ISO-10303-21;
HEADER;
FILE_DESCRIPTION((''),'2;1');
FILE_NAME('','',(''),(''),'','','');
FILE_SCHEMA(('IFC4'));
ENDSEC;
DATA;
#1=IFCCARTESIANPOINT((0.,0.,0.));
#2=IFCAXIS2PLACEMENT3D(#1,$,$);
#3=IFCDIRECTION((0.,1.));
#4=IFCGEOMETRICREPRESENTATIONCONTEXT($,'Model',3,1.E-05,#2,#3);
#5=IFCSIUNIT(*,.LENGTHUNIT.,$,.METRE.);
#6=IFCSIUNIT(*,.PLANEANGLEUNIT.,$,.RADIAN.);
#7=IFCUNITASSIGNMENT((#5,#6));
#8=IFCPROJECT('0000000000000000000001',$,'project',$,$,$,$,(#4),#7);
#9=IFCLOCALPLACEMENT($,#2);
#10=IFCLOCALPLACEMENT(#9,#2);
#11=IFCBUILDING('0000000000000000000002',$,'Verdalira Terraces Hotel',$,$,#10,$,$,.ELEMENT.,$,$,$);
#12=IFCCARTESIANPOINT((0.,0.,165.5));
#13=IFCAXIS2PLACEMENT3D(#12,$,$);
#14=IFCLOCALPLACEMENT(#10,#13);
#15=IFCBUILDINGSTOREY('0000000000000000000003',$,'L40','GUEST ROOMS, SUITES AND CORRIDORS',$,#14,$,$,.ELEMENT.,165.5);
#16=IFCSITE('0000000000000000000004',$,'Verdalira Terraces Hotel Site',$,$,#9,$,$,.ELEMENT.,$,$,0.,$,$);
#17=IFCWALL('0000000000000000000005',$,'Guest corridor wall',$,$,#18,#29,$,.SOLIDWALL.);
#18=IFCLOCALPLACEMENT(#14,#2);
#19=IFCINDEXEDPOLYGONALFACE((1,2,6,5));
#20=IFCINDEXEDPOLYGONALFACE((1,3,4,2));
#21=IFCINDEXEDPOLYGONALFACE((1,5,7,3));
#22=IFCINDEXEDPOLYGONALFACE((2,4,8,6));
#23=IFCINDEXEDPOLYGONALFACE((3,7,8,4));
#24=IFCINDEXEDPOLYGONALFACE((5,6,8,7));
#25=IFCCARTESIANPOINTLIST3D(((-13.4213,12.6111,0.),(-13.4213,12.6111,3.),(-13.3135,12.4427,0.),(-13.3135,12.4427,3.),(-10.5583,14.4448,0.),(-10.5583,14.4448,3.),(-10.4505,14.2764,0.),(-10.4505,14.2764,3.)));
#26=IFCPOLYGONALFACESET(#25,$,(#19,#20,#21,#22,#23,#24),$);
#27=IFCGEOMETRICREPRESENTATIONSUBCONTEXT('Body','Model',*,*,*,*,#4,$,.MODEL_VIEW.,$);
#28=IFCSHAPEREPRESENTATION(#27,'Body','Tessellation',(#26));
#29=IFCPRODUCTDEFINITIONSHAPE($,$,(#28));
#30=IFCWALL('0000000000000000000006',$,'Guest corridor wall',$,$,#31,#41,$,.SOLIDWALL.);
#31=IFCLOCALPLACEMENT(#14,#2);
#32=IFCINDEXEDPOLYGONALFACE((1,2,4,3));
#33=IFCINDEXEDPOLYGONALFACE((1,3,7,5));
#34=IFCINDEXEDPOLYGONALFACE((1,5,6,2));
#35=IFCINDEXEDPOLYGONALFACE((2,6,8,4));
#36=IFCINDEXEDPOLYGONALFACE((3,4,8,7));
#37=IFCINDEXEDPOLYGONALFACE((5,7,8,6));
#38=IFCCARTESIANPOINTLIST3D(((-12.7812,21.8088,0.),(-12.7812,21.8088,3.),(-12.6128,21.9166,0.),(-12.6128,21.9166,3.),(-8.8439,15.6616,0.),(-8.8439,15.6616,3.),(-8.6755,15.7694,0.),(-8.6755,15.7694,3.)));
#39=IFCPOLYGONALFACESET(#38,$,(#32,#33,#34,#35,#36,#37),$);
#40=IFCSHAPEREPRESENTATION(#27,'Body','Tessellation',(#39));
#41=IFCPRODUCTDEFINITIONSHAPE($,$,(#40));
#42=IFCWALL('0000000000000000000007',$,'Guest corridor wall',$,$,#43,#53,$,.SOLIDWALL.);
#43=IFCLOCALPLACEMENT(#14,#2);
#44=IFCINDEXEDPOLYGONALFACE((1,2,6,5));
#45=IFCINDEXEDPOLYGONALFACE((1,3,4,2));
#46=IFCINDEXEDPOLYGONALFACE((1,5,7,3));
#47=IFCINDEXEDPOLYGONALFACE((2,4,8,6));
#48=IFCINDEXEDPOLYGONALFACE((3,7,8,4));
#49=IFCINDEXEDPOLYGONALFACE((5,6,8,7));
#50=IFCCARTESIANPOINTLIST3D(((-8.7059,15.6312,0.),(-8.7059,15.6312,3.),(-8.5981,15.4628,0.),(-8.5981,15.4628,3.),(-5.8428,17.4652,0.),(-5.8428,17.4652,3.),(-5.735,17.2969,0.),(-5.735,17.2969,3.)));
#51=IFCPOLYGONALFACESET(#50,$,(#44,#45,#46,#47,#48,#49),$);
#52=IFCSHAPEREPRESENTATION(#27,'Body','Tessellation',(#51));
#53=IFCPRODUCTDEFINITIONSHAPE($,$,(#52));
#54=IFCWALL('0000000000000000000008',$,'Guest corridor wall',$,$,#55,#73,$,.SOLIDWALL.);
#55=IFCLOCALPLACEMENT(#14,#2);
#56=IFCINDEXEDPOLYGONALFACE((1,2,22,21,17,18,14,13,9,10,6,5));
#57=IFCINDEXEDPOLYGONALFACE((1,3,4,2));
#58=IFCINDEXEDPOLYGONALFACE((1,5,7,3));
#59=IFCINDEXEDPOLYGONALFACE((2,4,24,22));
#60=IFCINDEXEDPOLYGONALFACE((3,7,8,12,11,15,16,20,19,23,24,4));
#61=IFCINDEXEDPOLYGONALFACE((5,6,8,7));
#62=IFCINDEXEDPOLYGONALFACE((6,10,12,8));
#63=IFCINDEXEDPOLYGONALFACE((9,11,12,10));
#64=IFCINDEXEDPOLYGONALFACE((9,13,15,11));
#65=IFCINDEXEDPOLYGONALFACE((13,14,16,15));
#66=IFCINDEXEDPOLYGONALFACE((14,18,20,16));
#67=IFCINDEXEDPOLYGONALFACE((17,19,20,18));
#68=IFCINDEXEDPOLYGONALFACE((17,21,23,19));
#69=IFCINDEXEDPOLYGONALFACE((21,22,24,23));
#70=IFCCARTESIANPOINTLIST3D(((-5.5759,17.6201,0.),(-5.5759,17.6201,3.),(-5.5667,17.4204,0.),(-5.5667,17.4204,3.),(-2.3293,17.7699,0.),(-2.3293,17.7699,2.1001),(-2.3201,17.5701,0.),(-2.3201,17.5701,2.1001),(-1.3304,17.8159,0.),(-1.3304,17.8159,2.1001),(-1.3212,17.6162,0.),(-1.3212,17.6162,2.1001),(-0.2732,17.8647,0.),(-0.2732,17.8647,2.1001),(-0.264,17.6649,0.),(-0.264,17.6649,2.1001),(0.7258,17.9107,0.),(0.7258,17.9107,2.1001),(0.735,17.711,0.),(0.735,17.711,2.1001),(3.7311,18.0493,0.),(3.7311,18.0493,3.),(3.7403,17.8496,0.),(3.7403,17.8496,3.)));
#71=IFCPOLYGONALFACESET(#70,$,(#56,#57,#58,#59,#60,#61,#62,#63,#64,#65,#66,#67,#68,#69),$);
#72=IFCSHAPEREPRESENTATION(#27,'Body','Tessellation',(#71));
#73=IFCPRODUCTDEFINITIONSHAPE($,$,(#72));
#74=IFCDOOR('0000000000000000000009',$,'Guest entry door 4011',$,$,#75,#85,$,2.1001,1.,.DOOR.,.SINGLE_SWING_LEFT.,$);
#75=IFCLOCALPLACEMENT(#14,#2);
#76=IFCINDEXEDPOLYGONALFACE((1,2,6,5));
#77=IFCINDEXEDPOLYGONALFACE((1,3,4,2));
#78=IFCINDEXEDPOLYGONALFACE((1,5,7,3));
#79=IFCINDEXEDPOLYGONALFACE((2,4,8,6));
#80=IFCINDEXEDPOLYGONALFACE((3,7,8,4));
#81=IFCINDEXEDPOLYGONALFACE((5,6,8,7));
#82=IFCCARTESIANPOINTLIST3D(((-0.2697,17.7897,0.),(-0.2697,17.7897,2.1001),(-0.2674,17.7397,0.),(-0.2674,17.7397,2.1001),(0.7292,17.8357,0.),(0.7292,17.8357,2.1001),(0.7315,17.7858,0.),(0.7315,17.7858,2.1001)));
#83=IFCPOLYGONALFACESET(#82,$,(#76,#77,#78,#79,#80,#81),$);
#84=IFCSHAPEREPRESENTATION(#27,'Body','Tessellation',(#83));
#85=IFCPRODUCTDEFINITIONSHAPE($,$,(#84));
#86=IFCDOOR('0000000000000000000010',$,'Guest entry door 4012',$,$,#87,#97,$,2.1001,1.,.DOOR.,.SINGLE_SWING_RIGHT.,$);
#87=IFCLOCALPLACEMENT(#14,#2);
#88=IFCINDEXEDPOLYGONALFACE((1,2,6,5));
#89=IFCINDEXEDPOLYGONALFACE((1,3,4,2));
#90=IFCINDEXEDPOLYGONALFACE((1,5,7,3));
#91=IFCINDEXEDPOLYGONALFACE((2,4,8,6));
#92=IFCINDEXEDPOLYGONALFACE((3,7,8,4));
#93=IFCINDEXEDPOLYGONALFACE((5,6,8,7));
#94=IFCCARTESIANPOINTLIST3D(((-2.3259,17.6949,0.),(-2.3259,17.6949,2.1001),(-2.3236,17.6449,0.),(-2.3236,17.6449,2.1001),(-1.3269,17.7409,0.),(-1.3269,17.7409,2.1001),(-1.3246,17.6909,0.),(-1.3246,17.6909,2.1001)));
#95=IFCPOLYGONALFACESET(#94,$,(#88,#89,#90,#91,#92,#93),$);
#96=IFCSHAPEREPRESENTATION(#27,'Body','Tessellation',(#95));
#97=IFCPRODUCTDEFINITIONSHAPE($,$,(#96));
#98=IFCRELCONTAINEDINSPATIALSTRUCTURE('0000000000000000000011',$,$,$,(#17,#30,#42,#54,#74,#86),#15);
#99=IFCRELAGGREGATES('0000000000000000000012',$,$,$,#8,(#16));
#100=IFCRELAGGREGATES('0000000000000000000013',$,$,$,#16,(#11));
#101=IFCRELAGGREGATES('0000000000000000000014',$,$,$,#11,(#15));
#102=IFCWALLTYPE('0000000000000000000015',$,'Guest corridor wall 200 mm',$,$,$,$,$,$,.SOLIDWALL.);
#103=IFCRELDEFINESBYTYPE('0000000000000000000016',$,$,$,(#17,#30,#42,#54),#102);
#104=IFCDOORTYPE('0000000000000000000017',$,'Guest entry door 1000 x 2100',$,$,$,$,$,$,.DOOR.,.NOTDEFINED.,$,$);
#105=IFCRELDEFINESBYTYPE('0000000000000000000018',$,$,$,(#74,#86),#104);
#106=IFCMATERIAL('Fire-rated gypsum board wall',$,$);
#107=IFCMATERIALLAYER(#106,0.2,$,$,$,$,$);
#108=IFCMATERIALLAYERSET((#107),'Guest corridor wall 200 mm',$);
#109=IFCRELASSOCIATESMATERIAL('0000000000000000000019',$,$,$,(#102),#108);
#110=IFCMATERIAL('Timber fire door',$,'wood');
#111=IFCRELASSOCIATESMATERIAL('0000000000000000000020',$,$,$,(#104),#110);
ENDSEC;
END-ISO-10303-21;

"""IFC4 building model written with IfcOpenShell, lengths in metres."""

from ifc_helpers import new_model, si_unit, direction, frame, frame_2d, origin, place, context, subcontext, project, spatial, rectangle, extrude, material, layer, layer_set, type_object, element, fill, save


model = new_model("IFC4")

# Units and contexts
model_context = context("Model", 3, precision=1e-05, world=origin(), true_north=direction((0.0, 1.0)))
body_context = subcontext(model_context, "Body", "Model", "MODEL_VIEW")
ifc_project = project(units=[si_unit("LENGTHUNIT", "METRE"), si_unit("PLANEANGLEUNIT", "RADIAN")], contexts=[model_context])

# Site, building, storey
site_placement = place(None, origin())
site = spatial("IfcSite", under=ifc_project, at=site_placement, Name="Verdalira Terraces Hotel Site", CompositionType="ELEMENT", RefElevation=0.0)
building_placement = place(site_placement, origin())
building = spatial("IfcBuilding", under=site, at=building_placement, Name="Verdalira Terraces Hotel", CompositionType="ELEMENT")
storey_placement = place(building_placement, frame((0.0, 0.0, 165.5)))
storey = spatial("IfcBuildingStorey", under=building, at=storey_placement, Name="L40", Description="GUEST ROOMS, SUITES AND CORRIDORS", CompositionType="ELEMENT", Elevation=165.5)

# Walls
ifc_material_1 = material(Name="Fire-rated gypsum board wall")
ifc_layer_1 = layer(ifc_material_1, 0.2)
ifc_layer_set_1 = layer_set([ifc_layer_1], Name="Guest corridor wall 200 mm")
wall_type_1 = type_object("IfcWallType", Name="Guest corridor wall 200 mm", PredefinedType="SOLIDWALL", material=ifc_layer_set_1)
wall_1_placement = place(storey_placement, frame((-10.5044, 14.3606, 0.0), z_axis=(0.0, 0.0, 1.0), x_axis=(-0.842085, -0.539345, 0.0)))
element("IfcWall", 1, at=wall_1_placement, inside=storey, type_object=wall_type_1, Name="Guest corridor wall", PredefinedType="SOLIDWALL", context=body_context, shape_type="SweptSolid", body=[
    extrude(rectangle(XDim=3.3999, YDim=0.2, at=frame_2d((1.7, 0.0))), origin(), (0.0, 0.0, 1.0), 3.0),
])
wall_2_placement = place(storey_placement, frame((-8.7598, 15.7156, 0.0), z_axis=(0.0, 0.0, 1.0), x_axis=(-0.539349, 0.842082, 0.0)))
element("IfcWall", 2, at=wall_2_placement, inside=storey, type_object=wall_type_1, Name="Guest corridor wall", PredefinedType="SOLIDWALL", context=body_context, shape_type="SweptSolid", body=[
    extrude(rectangle(XDim=7.3, YDim=0.2, at=frame_2d((3.6499, 0.0))), origin(), (0.0, 0.0, 1.0), 3.0),
])
wall_3_placement = place(storey_placement, frame((-5.7888, 17.3811, 0.0), z_axis=(0.0, 0.0, 1.0), x_axis=(-0.842052, -0.539396, 0.0)))
element("IfcWall", 3, at=wall_3_placement, inside=storey, type_object=wall_type_1, Name="Guest corridor wall", PredefinedType="SOLIDWALL", context=body_context, shape_type="SweptSolid", body=[
    extrude(rectangle(XDim=3.4001, YDim=0.2, at=frame_2d((1.7002, 0.0))), origin(), (0.0, 0.0, 1.0), 3.0),
])

# Wall, openings, doors
wall_4_placement = place(storey_placement, frame((-5.5713, 17.5203, 0.0), z_axis=(0.0, 0.0, 1.0), x_axis=(0.998938, 0.046067, 0.0)))
wall_4 = element("IfcWall", 4, at=wall_4_placement, inside=storey, type_object=wall_type_1, Name="Guest corridor wall", PredefinedType="SOLIDWALL", context=body_context, shape_type="SweptSolid", body=[
    extrude(rectangle(XDim=9.3169, YDim=0.2, at=frame_2d((4.6584, 0.0))), origin(), (0.0, 0.0, 1.0), 3.0),
])
opening_1_placement = place(wall_4_placement, frame((5.3083, 0.0, 0.0)))
opening_1 = element("IfcOpeningElement", 5, at=opening_1_placement, cuts=wall_4, PredefinedType="OPENING", context=body_context, shape_type="SweptSolid", body=[
    extrude(rectangle(XDim=1.0, YDim=2.1001, at=frame_2d((0.5, 1.05))), frame((0.0, 0.1099, 0.0), z_axis=(0.0, -1.0, 0.0), x_axis=(1.0, 0.0, 0.0)), (0.0, 0.0, 1.0), 0.22),
])
opening_2_placement = place(wall_4_placement, frame((3.25, 0.0, 0.0)))
opening_2 = element("IfcOpeningElement", 6, at=opening_2_placement, cuts=wall_4, PredefinedType="OPENING", context=body_context, shape_type="SweptSolid", body=[
    extrude(rectangle(XDim=1.0, YDim=2.1001, at=frame_2d((0.5, 1.05))), frame((0.0, 0.1099, 0.0), z_axis=(0.0, -1.0, 0.0), x_axis=(1.0, 0.0, 0.0)), (0.0, 0.0, 1.0), 0.22),
])
ifc_material_2 = material(Name="Timber fire door", Category="wood")
door_type_1 = type_object("IfcDoorType", Name="Guest entry door 1000 x 2100", OperationType="NOTDEFINED", PredefinedType="DOOR", material=ifc_material_2)
door_1_placement = place(opening_1_placement, origin())
door_1 = element("IfcDoor", 7, at=door_1_placement, inside=storey, type_object=door_type_1, Name="Guest entry door 4011", OperationType="SINGLE_SWING_LEFT", OverallHeight=2.1001, OverallWidth=1.0, PredefinedType="DOOR", context=body_context, shape_type="SweptSolid", body=[
    extrude(rectangle(XDim=1.0, YDim=2.1001, at=frame_2d((0.5, 1.05))), frame((0.0, 0.0249, 0.0), z_axis=(0.0, -1.0, 0.0), x_axis=(1.0, 0.0, 0.0)), (0.0, 0.0, 1.0), 0.05),
])
fill(opening_1, door_1)
door_2_placement = place(opening_2_placement, origin())
door_2 = element("IfcDoor", 8, at=door_2_placement, inside=storey, type_object=door_type_1, Name="Guest entry door 4012", OperationType="SINGLE_SWING_RIGHT", OverallHeight=2.1001, OverallWidth=1.0, PredefinedType="DOOR", context=body_context, shape_type="SweptSolid", body=[
    extrude(rectangle(XDim=1.0, YDim=2.1001, at=frame_2d((0.5, 1.05))), frame((0.0, 0.0249, 0.0), z_axis=(0.0, -1.0, 0.0), x_axis=(1.0, 0.0, 0.0)), (0.0, 0.0, 1.0), 0.05),
])
fill(opening_2, door_2)

save(model, "model.ifc")
